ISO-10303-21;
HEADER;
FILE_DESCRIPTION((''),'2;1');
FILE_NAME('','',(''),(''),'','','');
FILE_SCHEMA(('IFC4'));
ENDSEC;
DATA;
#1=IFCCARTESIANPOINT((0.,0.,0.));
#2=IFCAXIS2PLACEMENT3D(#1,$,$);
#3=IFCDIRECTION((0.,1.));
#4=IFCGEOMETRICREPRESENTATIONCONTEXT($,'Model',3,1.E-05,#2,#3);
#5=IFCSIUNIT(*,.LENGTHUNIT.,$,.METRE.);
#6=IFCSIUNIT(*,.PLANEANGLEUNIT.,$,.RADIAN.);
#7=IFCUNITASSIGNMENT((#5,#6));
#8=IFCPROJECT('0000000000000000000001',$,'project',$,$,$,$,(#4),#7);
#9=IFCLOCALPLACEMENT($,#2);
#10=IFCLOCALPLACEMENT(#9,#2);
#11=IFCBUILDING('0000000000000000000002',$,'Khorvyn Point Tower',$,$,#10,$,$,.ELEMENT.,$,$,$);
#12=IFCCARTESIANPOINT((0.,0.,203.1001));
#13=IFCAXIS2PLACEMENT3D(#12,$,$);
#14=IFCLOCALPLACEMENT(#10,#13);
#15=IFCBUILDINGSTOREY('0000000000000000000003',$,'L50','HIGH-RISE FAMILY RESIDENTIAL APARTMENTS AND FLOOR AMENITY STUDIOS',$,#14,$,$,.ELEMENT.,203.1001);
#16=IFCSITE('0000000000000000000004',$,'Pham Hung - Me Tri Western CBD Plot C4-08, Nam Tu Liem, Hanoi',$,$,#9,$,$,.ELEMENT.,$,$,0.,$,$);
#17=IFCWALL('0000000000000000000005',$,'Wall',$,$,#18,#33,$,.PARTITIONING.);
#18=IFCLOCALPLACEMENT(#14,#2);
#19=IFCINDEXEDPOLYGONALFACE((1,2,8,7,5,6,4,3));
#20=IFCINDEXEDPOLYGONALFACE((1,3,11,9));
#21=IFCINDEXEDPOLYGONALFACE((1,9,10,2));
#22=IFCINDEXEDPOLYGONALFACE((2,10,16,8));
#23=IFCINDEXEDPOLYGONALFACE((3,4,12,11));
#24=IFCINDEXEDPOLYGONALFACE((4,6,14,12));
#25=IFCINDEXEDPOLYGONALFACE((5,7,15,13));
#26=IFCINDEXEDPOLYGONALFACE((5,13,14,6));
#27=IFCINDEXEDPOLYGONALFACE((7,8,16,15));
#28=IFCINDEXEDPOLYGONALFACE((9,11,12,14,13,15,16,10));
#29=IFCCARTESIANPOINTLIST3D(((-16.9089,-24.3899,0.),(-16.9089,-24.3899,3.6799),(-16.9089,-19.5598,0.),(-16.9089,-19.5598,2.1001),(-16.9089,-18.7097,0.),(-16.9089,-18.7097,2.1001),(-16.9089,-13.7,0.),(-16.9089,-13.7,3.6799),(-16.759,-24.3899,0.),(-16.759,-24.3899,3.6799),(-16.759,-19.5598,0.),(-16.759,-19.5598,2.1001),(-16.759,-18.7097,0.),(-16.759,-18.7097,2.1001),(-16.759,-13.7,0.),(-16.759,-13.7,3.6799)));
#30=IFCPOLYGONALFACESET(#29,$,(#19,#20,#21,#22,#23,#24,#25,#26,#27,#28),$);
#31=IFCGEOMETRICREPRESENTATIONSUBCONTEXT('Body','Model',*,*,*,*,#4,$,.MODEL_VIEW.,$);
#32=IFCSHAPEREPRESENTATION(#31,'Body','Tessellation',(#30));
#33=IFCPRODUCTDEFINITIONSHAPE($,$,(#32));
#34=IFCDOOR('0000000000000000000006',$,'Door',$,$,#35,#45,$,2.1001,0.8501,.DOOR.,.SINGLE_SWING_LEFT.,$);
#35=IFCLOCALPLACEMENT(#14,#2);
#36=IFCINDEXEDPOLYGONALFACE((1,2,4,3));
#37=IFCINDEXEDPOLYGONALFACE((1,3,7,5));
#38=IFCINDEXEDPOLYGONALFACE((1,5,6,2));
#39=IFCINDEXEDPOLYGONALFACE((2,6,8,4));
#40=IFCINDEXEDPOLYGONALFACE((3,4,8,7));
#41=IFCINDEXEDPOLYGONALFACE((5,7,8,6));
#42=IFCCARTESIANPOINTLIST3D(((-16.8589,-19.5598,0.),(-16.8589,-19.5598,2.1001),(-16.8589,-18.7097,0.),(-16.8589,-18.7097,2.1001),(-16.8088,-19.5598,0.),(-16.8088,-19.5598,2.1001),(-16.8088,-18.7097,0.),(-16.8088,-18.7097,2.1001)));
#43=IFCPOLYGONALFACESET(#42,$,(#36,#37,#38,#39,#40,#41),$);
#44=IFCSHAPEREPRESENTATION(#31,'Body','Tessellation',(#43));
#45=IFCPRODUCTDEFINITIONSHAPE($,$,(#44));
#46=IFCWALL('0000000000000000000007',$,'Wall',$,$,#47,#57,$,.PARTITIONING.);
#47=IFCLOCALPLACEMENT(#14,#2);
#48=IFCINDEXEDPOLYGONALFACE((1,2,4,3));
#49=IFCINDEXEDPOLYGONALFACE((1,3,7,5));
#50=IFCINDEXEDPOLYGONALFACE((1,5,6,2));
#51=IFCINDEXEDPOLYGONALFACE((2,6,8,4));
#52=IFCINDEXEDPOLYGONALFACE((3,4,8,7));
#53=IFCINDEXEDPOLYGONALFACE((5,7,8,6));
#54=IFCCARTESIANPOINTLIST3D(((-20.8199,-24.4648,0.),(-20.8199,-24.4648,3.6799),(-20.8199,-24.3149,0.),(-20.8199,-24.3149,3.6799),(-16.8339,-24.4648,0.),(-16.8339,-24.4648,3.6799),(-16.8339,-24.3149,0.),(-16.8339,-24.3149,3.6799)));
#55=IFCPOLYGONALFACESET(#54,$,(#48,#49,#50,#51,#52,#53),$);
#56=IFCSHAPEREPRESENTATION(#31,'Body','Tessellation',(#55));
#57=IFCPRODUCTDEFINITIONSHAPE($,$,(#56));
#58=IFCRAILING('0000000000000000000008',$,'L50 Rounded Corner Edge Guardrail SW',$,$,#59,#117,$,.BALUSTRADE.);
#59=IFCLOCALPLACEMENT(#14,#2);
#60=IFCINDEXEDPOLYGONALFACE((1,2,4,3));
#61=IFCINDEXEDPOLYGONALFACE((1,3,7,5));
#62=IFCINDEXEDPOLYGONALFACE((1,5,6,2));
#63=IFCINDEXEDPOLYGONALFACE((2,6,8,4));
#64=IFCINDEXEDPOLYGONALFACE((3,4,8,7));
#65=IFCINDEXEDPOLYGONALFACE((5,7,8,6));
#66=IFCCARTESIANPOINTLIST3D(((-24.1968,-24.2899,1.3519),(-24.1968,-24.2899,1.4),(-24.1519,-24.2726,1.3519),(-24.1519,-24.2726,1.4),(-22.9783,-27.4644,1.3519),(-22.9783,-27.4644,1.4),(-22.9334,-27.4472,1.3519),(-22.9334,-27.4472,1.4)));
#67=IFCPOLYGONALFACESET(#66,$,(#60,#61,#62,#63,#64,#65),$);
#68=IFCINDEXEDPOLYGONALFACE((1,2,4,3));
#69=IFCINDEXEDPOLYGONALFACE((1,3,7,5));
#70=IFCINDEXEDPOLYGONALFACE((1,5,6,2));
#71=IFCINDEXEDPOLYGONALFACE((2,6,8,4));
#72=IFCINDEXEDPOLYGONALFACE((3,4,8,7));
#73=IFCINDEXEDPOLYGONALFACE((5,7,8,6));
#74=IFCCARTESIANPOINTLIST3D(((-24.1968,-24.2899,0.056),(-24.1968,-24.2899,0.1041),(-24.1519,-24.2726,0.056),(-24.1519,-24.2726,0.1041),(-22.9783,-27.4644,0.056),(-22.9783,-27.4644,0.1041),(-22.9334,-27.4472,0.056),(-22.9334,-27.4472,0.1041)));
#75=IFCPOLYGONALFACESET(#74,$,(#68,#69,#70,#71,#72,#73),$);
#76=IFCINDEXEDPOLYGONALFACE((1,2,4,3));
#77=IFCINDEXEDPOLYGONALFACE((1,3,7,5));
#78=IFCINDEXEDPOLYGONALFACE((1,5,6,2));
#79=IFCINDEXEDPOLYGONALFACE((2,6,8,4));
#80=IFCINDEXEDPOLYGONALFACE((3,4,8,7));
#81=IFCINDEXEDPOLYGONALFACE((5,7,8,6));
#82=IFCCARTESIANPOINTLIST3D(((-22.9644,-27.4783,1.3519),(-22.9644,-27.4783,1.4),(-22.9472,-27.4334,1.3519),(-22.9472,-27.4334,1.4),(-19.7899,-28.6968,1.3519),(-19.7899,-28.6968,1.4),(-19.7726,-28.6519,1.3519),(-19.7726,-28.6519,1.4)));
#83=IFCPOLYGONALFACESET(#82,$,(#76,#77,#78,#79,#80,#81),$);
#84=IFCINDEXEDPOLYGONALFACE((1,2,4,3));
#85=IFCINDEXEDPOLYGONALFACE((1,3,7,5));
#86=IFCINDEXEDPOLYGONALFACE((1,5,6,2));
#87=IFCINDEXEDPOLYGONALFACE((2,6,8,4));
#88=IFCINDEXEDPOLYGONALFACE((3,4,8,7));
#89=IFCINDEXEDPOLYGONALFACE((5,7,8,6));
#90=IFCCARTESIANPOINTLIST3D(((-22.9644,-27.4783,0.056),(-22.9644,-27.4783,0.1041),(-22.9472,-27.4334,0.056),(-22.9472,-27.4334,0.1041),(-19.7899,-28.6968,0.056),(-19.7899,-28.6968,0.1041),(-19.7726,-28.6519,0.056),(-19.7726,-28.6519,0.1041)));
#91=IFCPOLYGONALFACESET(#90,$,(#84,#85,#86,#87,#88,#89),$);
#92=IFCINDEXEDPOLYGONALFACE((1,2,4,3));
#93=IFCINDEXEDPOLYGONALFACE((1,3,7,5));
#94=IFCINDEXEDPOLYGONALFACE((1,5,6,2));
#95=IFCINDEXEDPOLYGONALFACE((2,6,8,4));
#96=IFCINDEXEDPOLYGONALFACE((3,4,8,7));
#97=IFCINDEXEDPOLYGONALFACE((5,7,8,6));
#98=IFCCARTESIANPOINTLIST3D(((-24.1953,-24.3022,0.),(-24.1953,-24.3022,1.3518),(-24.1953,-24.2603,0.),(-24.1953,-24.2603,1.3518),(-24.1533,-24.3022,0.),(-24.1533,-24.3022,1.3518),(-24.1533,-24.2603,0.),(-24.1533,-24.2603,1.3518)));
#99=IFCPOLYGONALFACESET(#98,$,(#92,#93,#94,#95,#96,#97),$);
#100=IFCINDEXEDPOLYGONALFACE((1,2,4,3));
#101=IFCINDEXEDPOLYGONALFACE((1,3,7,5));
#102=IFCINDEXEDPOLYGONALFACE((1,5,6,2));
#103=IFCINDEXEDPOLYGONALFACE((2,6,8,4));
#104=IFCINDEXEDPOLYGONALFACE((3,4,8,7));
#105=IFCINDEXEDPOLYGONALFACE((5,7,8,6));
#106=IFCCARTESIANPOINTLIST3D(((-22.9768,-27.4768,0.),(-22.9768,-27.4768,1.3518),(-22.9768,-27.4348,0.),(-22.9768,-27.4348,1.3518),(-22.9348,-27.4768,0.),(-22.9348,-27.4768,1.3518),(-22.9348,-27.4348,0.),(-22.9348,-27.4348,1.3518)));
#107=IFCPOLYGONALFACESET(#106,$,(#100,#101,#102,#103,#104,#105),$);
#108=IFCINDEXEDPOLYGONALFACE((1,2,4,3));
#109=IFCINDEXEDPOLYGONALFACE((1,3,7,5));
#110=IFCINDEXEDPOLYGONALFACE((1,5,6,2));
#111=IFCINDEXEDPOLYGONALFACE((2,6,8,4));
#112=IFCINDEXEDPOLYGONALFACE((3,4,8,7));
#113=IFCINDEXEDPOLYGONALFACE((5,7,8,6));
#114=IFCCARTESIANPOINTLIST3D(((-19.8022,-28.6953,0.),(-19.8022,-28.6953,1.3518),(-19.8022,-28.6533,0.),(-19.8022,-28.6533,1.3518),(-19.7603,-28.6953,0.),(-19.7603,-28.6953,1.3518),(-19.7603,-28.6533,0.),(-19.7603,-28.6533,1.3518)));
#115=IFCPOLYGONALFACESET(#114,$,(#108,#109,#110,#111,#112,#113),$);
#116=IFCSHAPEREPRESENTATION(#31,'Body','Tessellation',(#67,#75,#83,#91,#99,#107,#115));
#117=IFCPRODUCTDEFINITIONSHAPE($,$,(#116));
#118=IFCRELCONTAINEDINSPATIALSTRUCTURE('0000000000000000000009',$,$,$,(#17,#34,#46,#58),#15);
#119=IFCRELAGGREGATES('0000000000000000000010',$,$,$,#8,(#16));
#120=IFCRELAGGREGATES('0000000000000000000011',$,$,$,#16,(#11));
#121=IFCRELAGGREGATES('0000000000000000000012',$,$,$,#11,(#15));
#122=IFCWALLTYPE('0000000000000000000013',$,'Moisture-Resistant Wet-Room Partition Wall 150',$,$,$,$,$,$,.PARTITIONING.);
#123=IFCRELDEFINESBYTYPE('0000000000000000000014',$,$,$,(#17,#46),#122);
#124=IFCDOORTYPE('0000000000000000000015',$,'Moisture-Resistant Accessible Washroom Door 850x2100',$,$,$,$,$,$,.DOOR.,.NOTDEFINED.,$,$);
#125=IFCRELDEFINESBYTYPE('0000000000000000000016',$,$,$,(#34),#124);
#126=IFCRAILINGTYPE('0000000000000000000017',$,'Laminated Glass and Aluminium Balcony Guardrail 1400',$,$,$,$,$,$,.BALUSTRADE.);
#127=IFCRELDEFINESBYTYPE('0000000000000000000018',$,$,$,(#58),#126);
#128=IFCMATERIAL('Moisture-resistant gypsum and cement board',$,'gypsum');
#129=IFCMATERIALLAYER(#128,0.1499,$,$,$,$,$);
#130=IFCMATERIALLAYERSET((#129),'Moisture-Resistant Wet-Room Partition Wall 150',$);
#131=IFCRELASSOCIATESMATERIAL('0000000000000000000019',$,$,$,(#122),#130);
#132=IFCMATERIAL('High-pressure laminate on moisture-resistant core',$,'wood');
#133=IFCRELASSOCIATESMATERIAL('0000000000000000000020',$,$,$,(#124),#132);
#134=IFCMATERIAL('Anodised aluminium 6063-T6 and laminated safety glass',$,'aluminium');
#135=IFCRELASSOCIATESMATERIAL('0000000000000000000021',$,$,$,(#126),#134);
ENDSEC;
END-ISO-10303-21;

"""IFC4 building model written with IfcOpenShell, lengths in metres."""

from ifc_helpers import new_model, si_unit, direction, frame, frame_2d, origin, origin_2d, place, context, subcontext, project, spatial, rectangle, extrude, material, layer, layer_set, type_object, element, fill, save


model = new_model("IFC4")

# Units and contexts
model_context = context("Model", 3, precision=1e-05, world=origin(), true_north=direction((0.0, 1.0)))
body_context = subcontext(model_context, "Body", "Model", "MODEL_VIEW")
ifc_project = project(units=[si_unit("LENGTHUNIT", "METRE"), si_unit("PLANEANGLEUNIT", "RADIAN")], contexts=[model_context])

# Site, building, storey
site_placement = place(None, origin())
site = spatial("IfcSite", under=ifc_project, at=site_placement, Name="Pham Hung - Me Tri Western CBD Plot C4-08, Nam Tu Liem, Hanoi", CompositionType="ELEMENT", RefElevation=0.0)
building_placement = place(site_placement, origin())
building = spatial("IfcBuilding", under=site, at=building_placement, Name="Khorvyn Point Tower", CompositionType="ELEMENT")
storey_placement = place(building_placement, frame((0.0, 0.0, 203.1001)))
storey = spatial("IfcBuildingStorey", under=building, at=storey_placement, Name="L50", Description="HIGH-RISE FAMILY RESIDENTIAL APARTMENTS AND FLOOR AMENITY STUDIOS", CompositionType="ELEMENT", Elevation=203.1001)

# Wall, opening, door
ifc_material_1 = material(Name="Moisture-resistant gypsum and cement board", Category="gypsum")
ifc_layer_1 = layer(ifc_material_1, 0.1499)
ifc_layer_set_1 = layer_set([ifc_layer_1], Name="Moisture-Resistant Wet-Room Partition Wall 150")
wall_type_1 = type_object("IfcWallType", Name="Moisture-Resistant Wet-Room Partition Wall 150", PredefinedType="PARTITIONING", material=ifc_layer_set_1)
wall_1_placement = place(storey_placement, frame((-16.834, -24.3899, 0.0), z_axis=(0.0, 0.0, 1.0), x_axis=(0.0, 1.0, 0.0)))
wall_1 = element("IfcWall", 1, at=wall_1_placement, inside=storey, type_object=wall_type_1, Name="Wall", PredefinedType="PARTITIONING", context=body_context, shape_type="SweptSolid", body=[
    extrude(rectangle(XDim=10.6899, YDim=0.1499, at=frame_2d((5.345, 0.0))), origin(), (0.0, 0.0, 1.0), 3.6799),
])
opening_1_placement = place(wall_1_placement, frame((4.8301, 0.0, 0.0)))
opening_1 = element("IfcOpeningElement", 2, at=opening_1_placement, cuts=wall_1, PredefinedType="OPENING", context=body_context, shape_type="SweptSolid", body=[
    extrude(rectangle(XDim=0.8501, YDim=2.1001, at=frame_2d((0.425, 1.05))), frame((0.0, 0.085, 0.0), z_axis=(0.0, -1.0, 0.0), x_axis=(1.0, 0.0, 0.0)), (0.0, 0.0, 1.0), 0.1699),
])
ifc_material_2 = material(Name="High-pressure laminate on moisture-resistant core", Category="wood")
door_type_1 = type_object("IfcDoorType", Name="Moisture-Resistant Accessible Washroom Door 850x2100", OperationType="NOTDEFINED", PredefinedType="DOOR", material=ifc_material_2)
door_1_placement = place(opening_1_placement, origin())
door_1 = element("IfcDoor", 3, at=door_1_placement, inside=storey, type_object=door_type_1, Name="Door", OperationType="SINGLE_SWING_LEFT", OverallHeight=2.1001, OverallWidth=0.8501, PredefinedType="DOOR", context=body_context, shape_type="SweptSolid", body=[
    extrude(rectangle(XDim=0.8501, YDim=2.1001, at=frame_2d((0.425, 1.05))), frame((0.0, 0.0249, 0.0), z_axis=(0.0, -1.0, 0.0), x_axis=(1.0, 0.0, 0.0)), (0.0, 0.0, 1.0), 0.05),
])
fill(opening_1, door_1)

# Wall
wall_2_placement = place(storey_placement, frame((-20.8201, -24.3899, 0.0), z_axis=(0.0, 0.0, 1.0), x_axis=(1.0, 0.0, 0.0)))
element("IfcWall", 4, at=wall_2_placement, inside=storey, type_object=wall_type_1, Name="Wall", PredefinedType="PARTITIONING", context=body_context, shape_type="SweptSolid", body=[
    extrude(rectangle(XDim=3.9861, YDim=0.1499, at=frame_2d((1.9932, 0.0))), origin(), (0.0, 0.0, 1.0), 3.6799),
])

# Railing
ifc_material_3 = material(Name="Anodised aluminium 6063-T6 and laminated safety glass", Category="aluminium")
railing_type = type_object("IfcRailingType", Name="Laminated Glass and Aluminium Balcony Guardrail 1400", PredefinedType="BALUSTRADE", material=ifc_material_3)
railing_placement = place(storey_placement, frame((-24.1743, -24.2812, 0.0)))
element("IfcRailing", 5, at=railing_placement, inside=storey, type_object=railing_type, Name="L50 Rounded Corner Edge Guardrail SW", PredefinedType="BALUSTRADE", context=body_context, shape_type="SweptSolid", body=[
    extrude(rectangle(XDim=0.0481, YDim=0.0481, at=origin_2d()), frame((0.0, 0.0, 1.376), z_axis=(0.358344, -0.93359, 0.0), x_axis=(0.93359, 0.358344, 0.0)), (0.0, 0.0, 1.0), 3.4004),
    extrude(rectangle(XDim=0.0481, YDim=0.0481, at=origin_2d()), frame((0.0, 0.0, 0.0801), z_axis=(0.358344, -0.93359, 0.0), x_axis=(0.93359, 0.358344, 0.0)), (0.0, 0.0, 1.0), 3.4004),
    extrude(rectangle(XDim=0.0481, YDim=0.0481, at=origin_2d()), frame((1.2185, -3.1746, 1.376), z_axis=(0.93359, -0.358344, 0.0), x_axis=(0.358344, 0.93359, 0.0)), (0.0, 0.0, 1.0), 3.4004),
    extrude(rectangle(XDim=0.0481, YDim=0.0481, at=origin_2d()), frame((1.2185, -3.1746, 0.0801), z_axis=(0.93359, -0.358344, 0.0), x_axis=(0.358344, 0.93359, 0.0)), (0.0, 0.0, 1.0), 3.4004),
    extrude(rectangle(XDim=0.042, YDim=0.042, at=origin_2d()), origin(), (0.0, 0.0, 1.0), 1.3518),
    extrude(rectangle(XDim=0.042, YDim=0.042, at=origin_2d()), frame((1.2185, -3.1746, 0.0)), (0.0, 0.0, 1.0), 1.3518),
    extrude(rectangle(XDim=0.042, YDim=0.042, at=origin_2d()), frame((4.3931, -4.3931, 0.0)), (0.0, 0.0, 1.0), 1.3518),
])

save(model, "model.ifc")
